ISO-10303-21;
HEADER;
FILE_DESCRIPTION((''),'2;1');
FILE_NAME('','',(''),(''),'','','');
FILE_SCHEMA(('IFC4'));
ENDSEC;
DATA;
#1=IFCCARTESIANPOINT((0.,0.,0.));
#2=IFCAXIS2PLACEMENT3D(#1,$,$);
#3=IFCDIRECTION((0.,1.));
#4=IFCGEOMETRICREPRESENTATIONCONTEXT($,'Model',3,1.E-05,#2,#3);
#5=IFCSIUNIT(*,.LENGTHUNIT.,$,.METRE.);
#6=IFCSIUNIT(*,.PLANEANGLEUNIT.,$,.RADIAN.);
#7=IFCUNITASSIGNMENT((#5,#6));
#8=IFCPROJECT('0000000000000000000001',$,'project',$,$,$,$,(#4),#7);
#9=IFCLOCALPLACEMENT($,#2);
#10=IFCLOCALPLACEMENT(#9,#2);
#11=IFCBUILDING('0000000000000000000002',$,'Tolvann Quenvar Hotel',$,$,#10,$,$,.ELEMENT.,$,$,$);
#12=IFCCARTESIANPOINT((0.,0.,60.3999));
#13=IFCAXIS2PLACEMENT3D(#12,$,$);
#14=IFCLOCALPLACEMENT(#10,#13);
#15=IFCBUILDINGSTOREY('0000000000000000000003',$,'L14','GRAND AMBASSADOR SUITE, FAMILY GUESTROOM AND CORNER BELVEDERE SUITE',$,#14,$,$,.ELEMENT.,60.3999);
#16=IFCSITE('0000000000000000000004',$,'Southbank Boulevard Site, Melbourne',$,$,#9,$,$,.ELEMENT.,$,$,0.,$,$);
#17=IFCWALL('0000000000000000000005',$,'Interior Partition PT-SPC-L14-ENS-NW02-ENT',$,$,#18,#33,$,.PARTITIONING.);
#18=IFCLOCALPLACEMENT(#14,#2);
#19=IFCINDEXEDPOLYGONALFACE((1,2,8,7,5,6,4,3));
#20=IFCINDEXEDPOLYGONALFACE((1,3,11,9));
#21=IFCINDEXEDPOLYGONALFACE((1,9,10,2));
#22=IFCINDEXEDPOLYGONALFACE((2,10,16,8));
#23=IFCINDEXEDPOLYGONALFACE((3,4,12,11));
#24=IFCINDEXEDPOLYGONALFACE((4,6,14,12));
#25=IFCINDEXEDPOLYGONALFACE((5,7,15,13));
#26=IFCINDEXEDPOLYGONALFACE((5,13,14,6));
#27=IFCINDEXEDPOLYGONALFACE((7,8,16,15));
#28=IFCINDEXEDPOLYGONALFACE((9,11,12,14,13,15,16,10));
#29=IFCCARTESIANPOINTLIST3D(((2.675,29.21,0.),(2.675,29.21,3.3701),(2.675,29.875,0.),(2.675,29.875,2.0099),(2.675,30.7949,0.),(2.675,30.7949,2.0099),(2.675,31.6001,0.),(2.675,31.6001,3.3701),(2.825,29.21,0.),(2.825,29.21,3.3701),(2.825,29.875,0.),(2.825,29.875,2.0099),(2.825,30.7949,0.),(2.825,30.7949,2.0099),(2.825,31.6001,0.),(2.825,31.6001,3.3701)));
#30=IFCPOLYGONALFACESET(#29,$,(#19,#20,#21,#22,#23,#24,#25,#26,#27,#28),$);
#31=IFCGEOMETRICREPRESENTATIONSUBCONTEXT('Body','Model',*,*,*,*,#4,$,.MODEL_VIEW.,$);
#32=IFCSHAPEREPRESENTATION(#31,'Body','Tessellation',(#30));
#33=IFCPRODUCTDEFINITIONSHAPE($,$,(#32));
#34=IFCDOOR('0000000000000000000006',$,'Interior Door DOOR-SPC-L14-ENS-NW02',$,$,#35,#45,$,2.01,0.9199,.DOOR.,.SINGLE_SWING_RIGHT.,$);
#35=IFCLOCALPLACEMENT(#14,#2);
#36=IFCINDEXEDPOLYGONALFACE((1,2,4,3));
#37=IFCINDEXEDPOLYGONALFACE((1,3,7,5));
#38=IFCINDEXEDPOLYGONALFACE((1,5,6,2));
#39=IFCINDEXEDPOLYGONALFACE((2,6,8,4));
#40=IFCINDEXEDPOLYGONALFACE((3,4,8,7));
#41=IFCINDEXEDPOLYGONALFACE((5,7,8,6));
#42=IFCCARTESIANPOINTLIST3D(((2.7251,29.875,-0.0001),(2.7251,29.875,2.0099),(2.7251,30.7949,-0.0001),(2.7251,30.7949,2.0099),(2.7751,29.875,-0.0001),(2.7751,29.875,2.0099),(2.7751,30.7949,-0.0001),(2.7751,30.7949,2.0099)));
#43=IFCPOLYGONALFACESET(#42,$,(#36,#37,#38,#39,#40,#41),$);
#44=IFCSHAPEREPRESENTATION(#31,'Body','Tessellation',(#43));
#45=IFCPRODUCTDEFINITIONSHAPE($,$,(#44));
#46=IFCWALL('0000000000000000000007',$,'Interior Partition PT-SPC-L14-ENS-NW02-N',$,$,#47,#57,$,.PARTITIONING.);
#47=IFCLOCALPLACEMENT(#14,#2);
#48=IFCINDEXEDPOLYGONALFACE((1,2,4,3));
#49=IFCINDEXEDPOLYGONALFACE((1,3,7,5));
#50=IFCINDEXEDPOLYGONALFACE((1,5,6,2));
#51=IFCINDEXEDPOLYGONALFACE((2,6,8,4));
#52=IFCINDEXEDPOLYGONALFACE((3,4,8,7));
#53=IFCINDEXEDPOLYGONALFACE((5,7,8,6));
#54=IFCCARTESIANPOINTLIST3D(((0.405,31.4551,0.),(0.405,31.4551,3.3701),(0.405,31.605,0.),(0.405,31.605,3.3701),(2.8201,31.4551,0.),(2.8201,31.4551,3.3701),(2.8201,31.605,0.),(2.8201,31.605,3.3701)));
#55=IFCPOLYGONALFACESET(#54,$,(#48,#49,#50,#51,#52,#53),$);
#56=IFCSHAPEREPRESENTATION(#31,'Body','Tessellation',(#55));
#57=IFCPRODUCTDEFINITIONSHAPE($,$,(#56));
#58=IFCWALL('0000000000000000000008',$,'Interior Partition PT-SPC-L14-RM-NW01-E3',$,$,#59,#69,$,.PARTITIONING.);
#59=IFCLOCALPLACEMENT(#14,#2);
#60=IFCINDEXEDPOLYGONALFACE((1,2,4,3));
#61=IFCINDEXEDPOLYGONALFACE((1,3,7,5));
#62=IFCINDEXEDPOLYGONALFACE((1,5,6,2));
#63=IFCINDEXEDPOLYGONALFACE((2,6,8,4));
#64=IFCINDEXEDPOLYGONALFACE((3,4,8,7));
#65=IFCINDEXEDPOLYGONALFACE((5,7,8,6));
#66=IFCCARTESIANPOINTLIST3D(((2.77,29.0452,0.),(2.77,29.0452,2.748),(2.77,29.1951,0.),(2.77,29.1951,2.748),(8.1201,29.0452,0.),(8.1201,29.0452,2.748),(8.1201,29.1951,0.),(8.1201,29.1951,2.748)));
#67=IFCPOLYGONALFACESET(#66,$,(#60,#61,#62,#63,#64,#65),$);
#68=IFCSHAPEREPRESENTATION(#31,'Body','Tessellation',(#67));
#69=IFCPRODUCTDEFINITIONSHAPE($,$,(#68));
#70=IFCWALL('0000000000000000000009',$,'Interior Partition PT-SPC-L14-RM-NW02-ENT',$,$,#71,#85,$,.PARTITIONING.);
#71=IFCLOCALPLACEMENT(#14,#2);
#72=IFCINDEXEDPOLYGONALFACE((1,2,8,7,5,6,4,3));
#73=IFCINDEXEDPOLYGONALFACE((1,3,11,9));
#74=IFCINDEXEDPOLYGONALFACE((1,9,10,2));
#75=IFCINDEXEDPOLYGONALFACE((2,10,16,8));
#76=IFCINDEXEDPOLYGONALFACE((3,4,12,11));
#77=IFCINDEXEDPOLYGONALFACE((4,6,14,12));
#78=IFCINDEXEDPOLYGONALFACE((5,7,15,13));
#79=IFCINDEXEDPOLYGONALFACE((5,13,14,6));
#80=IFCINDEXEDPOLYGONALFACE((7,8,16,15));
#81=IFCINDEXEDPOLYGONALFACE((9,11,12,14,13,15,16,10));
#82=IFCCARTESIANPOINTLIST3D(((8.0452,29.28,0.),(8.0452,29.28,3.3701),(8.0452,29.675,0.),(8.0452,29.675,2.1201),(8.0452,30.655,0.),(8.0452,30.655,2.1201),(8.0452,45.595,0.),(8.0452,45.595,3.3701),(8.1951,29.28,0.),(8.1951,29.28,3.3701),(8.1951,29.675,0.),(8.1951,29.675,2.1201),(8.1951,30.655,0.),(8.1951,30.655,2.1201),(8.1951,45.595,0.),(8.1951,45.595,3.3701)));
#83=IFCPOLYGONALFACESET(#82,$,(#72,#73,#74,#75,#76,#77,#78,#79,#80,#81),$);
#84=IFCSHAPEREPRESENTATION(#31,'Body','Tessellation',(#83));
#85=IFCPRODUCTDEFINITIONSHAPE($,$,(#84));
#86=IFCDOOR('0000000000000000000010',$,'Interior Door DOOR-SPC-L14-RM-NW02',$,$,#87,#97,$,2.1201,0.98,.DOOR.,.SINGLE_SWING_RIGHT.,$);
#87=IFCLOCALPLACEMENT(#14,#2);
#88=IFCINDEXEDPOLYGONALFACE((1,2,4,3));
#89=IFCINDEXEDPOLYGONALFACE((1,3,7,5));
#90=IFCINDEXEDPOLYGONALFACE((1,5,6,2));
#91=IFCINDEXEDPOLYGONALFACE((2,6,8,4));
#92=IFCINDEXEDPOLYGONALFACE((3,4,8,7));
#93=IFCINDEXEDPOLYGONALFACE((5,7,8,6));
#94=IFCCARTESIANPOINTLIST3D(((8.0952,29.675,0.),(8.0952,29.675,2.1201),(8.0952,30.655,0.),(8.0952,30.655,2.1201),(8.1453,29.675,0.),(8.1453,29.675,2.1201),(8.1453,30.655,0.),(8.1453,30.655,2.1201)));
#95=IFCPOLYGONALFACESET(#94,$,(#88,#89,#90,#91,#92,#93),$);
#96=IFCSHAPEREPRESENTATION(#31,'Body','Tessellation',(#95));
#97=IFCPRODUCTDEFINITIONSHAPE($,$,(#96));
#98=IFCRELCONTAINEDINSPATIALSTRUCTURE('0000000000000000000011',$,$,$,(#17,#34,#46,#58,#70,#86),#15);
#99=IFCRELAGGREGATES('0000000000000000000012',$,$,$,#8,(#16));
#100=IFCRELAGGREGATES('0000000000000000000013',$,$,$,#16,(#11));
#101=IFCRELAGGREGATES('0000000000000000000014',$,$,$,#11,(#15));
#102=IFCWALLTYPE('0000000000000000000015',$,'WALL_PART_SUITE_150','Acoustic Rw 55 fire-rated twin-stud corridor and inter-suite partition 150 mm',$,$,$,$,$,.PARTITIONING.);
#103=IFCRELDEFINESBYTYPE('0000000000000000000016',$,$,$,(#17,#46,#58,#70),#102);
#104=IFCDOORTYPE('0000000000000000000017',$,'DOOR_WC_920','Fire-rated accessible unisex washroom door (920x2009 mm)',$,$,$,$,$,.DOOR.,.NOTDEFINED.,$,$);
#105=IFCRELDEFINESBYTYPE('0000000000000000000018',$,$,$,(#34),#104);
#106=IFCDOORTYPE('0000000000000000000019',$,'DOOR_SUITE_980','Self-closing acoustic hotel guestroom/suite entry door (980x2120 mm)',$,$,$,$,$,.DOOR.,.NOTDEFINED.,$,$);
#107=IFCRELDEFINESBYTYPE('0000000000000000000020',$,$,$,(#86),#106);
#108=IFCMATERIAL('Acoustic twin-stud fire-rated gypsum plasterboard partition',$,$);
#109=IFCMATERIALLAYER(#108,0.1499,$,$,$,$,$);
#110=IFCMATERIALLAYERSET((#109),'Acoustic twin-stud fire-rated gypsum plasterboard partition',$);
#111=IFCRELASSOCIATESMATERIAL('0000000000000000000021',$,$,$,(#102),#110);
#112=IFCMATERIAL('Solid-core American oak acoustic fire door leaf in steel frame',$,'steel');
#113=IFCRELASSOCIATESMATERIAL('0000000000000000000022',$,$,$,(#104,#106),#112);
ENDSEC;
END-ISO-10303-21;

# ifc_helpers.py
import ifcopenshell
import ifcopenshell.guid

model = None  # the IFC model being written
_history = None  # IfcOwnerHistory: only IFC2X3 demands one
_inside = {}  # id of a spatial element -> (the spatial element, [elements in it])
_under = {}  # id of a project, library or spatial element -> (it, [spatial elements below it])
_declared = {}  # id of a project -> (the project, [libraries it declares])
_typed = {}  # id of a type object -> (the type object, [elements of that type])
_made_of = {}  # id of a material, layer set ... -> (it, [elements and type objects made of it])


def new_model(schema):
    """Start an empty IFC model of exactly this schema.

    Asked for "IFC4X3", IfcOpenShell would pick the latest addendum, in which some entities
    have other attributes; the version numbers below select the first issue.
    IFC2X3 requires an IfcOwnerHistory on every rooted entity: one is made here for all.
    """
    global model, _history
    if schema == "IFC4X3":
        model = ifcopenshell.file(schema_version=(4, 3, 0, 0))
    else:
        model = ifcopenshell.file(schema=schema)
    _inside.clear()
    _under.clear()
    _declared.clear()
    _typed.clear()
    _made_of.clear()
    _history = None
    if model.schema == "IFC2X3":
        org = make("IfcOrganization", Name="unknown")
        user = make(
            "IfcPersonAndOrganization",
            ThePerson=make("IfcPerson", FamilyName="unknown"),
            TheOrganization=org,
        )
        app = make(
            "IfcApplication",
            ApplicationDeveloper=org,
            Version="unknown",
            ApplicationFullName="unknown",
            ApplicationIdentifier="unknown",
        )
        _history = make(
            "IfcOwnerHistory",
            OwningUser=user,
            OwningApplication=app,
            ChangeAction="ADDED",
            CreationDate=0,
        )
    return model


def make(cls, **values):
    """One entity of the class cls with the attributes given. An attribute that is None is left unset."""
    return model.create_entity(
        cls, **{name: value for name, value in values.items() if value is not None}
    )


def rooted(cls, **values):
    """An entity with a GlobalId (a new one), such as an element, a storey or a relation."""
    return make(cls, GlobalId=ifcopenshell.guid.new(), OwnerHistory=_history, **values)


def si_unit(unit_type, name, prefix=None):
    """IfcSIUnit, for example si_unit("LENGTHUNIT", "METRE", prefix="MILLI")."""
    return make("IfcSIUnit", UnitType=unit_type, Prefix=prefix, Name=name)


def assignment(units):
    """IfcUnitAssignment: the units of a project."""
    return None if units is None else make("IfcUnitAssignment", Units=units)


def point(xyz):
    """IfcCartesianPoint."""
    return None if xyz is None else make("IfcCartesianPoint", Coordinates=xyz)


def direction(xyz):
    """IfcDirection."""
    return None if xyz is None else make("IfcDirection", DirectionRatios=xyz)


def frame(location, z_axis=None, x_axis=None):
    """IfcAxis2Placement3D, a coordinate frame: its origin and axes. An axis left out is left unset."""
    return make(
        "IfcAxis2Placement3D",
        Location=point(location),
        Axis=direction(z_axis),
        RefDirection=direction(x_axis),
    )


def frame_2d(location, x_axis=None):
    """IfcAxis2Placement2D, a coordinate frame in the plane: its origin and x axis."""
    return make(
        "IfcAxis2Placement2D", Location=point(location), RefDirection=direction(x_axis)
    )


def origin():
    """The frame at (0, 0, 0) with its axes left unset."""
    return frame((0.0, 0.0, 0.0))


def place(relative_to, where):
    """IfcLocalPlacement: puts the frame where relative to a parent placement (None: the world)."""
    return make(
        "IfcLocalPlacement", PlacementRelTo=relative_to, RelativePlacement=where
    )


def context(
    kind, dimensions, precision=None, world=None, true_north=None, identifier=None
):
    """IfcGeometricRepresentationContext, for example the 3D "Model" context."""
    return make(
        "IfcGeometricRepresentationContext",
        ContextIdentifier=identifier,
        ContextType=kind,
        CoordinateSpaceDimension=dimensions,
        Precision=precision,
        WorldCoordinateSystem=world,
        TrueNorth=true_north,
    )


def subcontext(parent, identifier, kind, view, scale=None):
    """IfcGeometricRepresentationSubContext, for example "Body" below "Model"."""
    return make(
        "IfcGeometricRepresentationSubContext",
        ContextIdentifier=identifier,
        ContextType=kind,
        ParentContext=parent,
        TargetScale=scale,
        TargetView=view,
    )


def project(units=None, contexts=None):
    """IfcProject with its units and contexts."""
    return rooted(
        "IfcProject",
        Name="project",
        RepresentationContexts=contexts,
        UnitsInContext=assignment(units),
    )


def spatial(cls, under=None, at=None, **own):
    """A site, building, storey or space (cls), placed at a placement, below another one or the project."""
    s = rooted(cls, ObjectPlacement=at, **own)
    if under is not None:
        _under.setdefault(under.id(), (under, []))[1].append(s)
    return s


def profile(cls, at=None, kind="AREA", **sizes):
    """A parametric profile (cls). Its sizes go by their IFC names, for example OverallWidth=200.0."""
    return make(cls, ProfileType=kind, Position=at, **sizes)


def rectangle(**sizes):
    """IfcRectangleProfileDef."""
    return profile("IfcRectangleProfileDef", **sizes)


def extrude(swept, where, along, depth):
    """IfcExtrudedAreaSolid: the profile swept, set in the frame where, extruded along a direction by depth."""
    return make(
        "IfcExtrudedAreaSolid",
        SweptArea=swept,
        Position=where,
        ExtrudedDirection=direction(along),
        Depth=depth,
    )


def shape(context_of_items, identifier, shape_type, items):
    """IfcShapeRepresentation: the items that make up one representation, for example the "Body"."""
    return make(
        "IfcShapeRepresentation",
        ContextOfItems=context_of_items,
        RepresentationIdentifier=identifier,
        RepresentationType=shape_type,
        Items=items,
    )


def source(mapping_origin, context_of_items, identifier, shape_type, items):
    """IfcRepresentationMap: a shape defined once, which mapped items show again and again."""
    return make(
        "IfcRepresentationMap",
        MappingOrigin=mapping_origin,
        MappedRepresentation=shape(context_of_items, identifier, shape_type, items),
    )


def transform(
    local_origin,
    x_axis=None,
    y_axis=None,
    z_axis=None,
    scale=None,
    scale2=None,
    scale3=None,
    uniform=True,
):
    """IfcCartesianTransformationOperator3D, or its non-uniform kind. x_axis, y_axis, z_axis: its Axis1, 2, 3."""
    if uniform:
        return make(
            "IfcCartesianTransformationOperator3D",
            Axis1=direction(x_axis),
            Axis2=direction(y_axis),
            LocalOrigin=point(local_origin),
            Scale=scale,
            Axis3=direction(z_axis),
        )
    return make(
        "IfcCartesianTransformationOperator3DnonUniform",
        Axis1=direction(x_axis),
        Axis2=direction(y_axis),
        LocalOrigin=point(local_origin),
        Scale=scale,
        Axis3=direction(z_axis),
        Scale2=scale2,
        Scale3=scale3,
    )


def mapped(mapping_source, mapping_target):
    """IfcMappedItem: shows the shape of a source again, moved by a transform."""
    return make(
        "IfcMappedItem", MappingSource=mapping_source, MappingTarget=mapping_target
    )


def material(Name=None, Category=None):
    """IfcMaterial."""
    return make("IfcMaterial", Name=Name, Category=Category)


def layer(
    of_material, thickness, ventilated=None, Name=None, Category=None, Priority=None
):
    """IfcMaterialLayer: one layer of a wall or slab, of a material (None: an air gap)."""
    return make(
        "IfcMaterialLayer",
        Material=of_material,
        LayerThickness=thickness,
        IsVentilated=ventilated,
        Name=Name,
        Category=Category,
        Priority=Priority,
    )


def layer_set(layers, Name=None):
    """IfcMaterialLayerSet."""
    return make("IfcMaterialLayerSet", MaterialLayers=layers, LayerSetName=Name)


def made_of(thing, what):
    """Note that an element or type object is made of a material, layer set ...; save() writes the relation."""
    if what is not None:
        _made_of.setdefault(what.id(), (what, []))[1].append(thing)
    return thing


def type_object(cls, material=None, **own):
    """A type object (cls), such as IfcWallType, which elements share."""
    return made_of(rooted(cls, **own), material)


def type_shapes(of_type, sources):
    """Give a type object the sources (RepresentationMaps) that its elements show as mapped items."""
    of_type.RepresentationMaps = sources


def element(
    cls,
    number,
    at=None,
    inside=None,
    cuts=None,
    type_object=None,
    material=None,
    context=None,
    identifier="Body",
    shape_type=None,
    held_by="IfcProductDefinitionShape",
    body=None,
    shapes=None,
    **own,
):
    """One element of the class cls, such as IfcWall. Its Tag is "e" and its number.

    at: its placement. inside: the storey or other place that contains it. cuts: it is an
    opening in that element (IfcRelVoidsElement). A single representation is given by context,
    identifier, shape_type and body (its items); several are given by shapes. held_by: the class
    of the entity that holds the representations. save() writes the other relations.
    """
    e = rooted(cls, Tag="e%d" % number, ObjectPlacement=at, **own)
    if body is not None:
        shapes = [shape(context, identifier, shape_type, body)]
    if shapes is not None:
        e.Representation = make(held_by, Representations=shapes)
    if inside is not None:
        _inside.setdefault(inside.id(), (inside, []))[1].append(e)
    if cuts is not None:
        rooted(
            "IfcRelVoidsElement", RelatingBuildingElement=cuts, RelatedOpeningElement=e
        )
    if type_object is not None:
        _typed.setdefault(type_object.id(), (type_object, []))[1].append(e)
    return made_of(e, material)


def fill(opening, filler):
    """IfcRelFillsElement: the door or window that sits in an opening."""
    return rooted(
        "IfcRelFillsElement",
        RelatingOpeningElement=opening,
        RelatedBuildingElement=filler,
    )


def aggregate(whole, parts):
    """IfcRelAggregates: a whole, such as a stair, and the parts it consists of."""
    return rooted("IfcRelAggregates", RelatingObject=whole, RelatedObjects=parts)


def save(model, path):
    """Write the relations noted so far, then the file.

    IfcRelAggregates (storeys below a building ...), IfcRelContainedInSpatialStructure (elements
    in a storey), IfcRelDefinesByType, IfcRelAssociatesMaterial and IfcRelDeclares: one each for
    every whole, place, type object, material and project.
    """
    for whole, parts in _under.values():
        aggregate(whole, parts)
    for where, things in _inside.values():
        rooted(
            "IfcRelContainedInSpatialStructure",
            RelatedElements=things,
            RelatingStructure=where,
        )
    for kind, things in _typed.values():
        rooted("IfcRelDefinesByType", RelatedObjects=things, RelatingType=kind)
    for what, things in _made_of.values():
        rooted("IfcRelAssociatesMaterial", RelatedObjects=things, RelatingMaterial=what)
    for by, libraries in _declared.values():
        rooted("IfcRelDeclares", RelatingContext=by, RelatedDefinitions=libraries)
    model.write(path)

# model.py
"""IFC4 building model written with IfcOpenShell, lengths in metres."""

from ifc_helpers import new_model, si_unit, direction, frame, frame_2d, origin, place, context, subcontext, project, spatial, rectangle, extrude, source, transform, mapped, material, layer, layer_set, type_object, type_shapes, element, fill, save


model = new_model("IFC4")

# Units and contexts
model_context = context("Model", 3, precision=1e-05, world=origin(), true_north=direction((0.0, 1.0)))
body_context = subcontext(model_context, "Body", "Model", "MODEL_VIEW")
ifc_project = project(units=[si_unit("LENGTHUNIT", "METRE"), si_unit("PLANEANGLEUNIT", "RADIAN")], contexts=[model_context])

# Site, building, storey
site_placement = place(None, origin())
site = spatial("IfcSite", under=ifc_project, at=site_placement, Name="Southbank Boulevard Site, Melbourne", CompositionType="ELEMENT", RefElevation=0.0)
building_placement = place(site_placement, origin())
building = spatial("IfcBuilding", under=site, at=building_placement, Name="Tolvann Quenvar Hotel", CompositionType="ELEMENT")
storey_placement = place(building_placement, frame((0.0, 0.0, 60.3999)))
storey = spatial("IfcBuildingStorey", under=building, at=storey_placement, Name="L14", Description="GRAND AMBASSADOR SUITE, FAMILY GUESTROOM AND CORNER BELVEDERE SUITE", CompositionType="ELEMENT", Elevation=60.3999)

# Shared definitions
ifc_material_1 = material(Name="Solid-core American oak acoustic fire door leaf in steel frame", Category="steel")

# Shared definitions
ifc_material_2 = material(Name="Acoustic twin-stud fire-rated gypsum plasterboard partition")
ifc_layer_1 = layer(ifc_material_2, 0.1499)
ifc_layer_set_1 = layer_set([ifc_layer_1], Name="Acoustic twin-stud fire-rated gypsum plasterboard partition")
wall_type_1 = type_object("IfcWallType", Name="WALL_PART_SUITE_150", Description="Acoustic Rw 55 fire-rated twin-stud corridor and inter-suite partition 150 mm", PredefinedType="PARTITIONING", material=ifc_layer_set_1)

# Wall, opening, door
wall_1_placement = place(storey_placement, frame((2.75, 29.21, 0.0), z_axis=(0.0, 0.0, 1.0), x_axis=(0.0, 1.0, 0.0)))
wall_1 = element("IfcWall", 1, at=wall_1_placement, inside=storey, type_object=wall_type_1, Name="Interior Partition PT-SPC-L14-ENS-NW02-ENT", PredefinedType="PARTITIONING", context=body_context, shape_type="SweptSolid", body=[
    extrude(rectangle(XDim=2.3901, YDim=0.1499, at=frame_2d((1.1951, 0.0))), origin(), (0.0, 0.0, 1.0), 3.3701),
])
opening_1_placement = place(wall_1_placement, frame((0.665, 0.0, 0.0)))
opening_1 = element("IfcOpeningElement", 2, at=opening_1_placement, cuts=wall_1, PredefinedType="OPENING", context=body_context, shape_type="SweptSolid", body=[
    extrude(rectangle(XDim=0.9199, YDim=2.01, at=frame_2d((0.46, 1.0049))), frame((0.0, 0.085, 0.0), z_axis=(0.0, -1.0, 0.0), x_axis=(1.0, 0.0, 0.0)), (0.0, 0.0, 1.0), 0.1699),
])
door_type_1 = type_object("IfcDoorType", Name="DOOR_WC_920", Description="Fire-rated accessible unisex washroom door (920x2009 mm)", OperationType="NOTDEFINED", PredefinedType="DOOR", material=ifc_material_1)
shared_shape_1 = source(origin(), body_context, "Body", "SweptSolid", [
    extrude(rectangle(XDim=0.9199, YDim=2.01, at=frame_2d((0.46, 1.0049))), frame((0.0, 0.0249, 0.0), z_axis=(0.0, -1.0, 0.0), x_axis=(1.0, 0.0, 0.0)), (0.0, 0.0, 1.0), 0.05),
])
type_shapes(door_type_1, [shared_shape_1])
door_1_placement = place(opening_1_placement, origin())
door_1 = element("IfcDoor", 3, at=door_1_placement, inside=storey, type_object=door_type_1, Name="Interior Door DOOR-SPC-L14-ENS-NW02", OperationType="SINGLE_SWING_RIGHT", OverallHeight=2.01, OverallWidth=0.9199, PredefinedType="DOOR", context=body_context, shape_type="MappedRepresentation", body=[
    mapped(shared_shape_1, transform((0.0, 0.0, 0.0), x_axis=(1.0, 0.0, 0.0), y_axis=(0.0, 1.0, 0.0), z_axis=(0.0, 0.0, 1.0), scale=1.0)),
])
fill(opening_1, door_1)

# Walls
wall_2_placement = place(storey_placement, frame((0.405, 31.53, 0.0), z_axis=(0.0, 0.0, 1.0), x_axis=(1.0, 0.0, 0.0)))
element("IfcWall", 4, at=wall_2_placement, inside=storey, type_object=wall_type_1, Name="Interior Partition PT-SPC-L14-ENS-NW02-N", PredefinedType="PARTITIONING", context=body_context, shape_type="SweptSolid", body=[
    extrude(rectangle(XDim=2.415, YDim=0.1499, at=frame_2d((1.2075, 0.0))), origin(), (0.0, 0.0, 1.0), 3.3701),
])
wall_3_placement = place(storey_placement, frame((2.77, 29.1201, 0.0), z_axis=(0.0, 0.0, 1.0), x_axis=(1.0, 0.0, 0.0)))
element("IfcWall", 5, at=wall_3_placement, inside=storey, type_object=wall_type_1, Name="Interior Partition PT-SPC-L14-RM-NW01-E3", PredefinedType="PARTITIONING", context=body_context, shape_type="SweptSolid", body=[
    extrude(rectangle(XDim=5.3501, YDim=0.1499, at=frame_2d((2.675, 0.0))), origin(), (0.0, 0.0, 1.0), 2.748),
])

# Wall, opening, door
wall_4_placement = place(storey_placement, frame((8.1201, 29.28, 0.0), z_axis=(0.0, 0.0, 1.0), x_axis=(0.0, 1.0, 0.0)))
wall_4 = element("IfcWall", 6, at=wall_4_placement, inside=storey, type_object=wall_type_1, Name="Interior Partition PT-SPC-L14-RM-NW02-ENT", PredefinedType="PARTITIONING", context=body_context, shape_type="SweptSolid", body=[
    extrude(rectangle(XDim=16.3149, YDim=0.1499, at=frame_2d((8.1575, 0.0))), origin(), (0.0, 0.0, 1.0), 3.3701),
])
opening_2_placement = place(wall_4_placement, frame((0.395, 0.0, 0.0)))
opening_2 = element("IfcOpeningElement", 7, at=opening_2_placement, cuts=wall_4, PredefinedType="OPENING", context=body_context, shape_type="SweptSolid", body=[
    extrude(rectangle(XDim=0.98, YDim=2.1201, at=frame_2d((0.49, 1.0601))), frame((0.0, 0.085, 0.0), z_axis=(0.0, -1.0, 0.0), x_axis=(1.0, 0.0, 0.0)), (0.0, 0.0, 1.0), 0.1699),
])
door_type_2 = type_object("IfcDoorType", Name="DOOR_SUITE_980", Description="Self-closing acoustic hotel guestroom/suite entry door (980x2120 mm)", OperationType="NOTDEFINED", PredefinedType="DOOR", material=ifc_material_1)
shared_shape_2 = source(origin(), body_context, "Body", "SweptSolid", [
    extrude(rectangle(XDim=0.98, YDim=2.1201, at=frame_2d((0.49, 1.0601))), frame((0.0, 0.0249, 0.0), z_axis=(0.0, -1.0, 0.0), x_axis=(1.0, 0.0, 0.0)), (0.0, 0.0, 1.0), 0.05),
])
type_shapes(door_type_2, [shared_shape_2])
door_2_placement = place(opening_2_placement, origin())
door_2 = element("IfcDoor", 8, at=door_2_placement, inside=storey, type_object=door_type_2, Name="Interior Door DOOR-SPC-L14-RM-NW02", OperationType="SINGLE_SWING_RIGHT", OverallHeight=2.1201, OverallWidth=0.98, PredefinedType="DOOR", context=body_context, shape_type="MappedRepresentation", body=[
    mapped(shared_shape_2, transform((0.0, 0.0, 0.0), x_axis=(1.0, 0.0, 0.0), y_axis=(0.0, 1.0, 0.0), z_axis=(0.0, 0.0, 1.0), scale=1.0)),
])
fill(opening_2, door_2)

save(model, "model.ifc")
